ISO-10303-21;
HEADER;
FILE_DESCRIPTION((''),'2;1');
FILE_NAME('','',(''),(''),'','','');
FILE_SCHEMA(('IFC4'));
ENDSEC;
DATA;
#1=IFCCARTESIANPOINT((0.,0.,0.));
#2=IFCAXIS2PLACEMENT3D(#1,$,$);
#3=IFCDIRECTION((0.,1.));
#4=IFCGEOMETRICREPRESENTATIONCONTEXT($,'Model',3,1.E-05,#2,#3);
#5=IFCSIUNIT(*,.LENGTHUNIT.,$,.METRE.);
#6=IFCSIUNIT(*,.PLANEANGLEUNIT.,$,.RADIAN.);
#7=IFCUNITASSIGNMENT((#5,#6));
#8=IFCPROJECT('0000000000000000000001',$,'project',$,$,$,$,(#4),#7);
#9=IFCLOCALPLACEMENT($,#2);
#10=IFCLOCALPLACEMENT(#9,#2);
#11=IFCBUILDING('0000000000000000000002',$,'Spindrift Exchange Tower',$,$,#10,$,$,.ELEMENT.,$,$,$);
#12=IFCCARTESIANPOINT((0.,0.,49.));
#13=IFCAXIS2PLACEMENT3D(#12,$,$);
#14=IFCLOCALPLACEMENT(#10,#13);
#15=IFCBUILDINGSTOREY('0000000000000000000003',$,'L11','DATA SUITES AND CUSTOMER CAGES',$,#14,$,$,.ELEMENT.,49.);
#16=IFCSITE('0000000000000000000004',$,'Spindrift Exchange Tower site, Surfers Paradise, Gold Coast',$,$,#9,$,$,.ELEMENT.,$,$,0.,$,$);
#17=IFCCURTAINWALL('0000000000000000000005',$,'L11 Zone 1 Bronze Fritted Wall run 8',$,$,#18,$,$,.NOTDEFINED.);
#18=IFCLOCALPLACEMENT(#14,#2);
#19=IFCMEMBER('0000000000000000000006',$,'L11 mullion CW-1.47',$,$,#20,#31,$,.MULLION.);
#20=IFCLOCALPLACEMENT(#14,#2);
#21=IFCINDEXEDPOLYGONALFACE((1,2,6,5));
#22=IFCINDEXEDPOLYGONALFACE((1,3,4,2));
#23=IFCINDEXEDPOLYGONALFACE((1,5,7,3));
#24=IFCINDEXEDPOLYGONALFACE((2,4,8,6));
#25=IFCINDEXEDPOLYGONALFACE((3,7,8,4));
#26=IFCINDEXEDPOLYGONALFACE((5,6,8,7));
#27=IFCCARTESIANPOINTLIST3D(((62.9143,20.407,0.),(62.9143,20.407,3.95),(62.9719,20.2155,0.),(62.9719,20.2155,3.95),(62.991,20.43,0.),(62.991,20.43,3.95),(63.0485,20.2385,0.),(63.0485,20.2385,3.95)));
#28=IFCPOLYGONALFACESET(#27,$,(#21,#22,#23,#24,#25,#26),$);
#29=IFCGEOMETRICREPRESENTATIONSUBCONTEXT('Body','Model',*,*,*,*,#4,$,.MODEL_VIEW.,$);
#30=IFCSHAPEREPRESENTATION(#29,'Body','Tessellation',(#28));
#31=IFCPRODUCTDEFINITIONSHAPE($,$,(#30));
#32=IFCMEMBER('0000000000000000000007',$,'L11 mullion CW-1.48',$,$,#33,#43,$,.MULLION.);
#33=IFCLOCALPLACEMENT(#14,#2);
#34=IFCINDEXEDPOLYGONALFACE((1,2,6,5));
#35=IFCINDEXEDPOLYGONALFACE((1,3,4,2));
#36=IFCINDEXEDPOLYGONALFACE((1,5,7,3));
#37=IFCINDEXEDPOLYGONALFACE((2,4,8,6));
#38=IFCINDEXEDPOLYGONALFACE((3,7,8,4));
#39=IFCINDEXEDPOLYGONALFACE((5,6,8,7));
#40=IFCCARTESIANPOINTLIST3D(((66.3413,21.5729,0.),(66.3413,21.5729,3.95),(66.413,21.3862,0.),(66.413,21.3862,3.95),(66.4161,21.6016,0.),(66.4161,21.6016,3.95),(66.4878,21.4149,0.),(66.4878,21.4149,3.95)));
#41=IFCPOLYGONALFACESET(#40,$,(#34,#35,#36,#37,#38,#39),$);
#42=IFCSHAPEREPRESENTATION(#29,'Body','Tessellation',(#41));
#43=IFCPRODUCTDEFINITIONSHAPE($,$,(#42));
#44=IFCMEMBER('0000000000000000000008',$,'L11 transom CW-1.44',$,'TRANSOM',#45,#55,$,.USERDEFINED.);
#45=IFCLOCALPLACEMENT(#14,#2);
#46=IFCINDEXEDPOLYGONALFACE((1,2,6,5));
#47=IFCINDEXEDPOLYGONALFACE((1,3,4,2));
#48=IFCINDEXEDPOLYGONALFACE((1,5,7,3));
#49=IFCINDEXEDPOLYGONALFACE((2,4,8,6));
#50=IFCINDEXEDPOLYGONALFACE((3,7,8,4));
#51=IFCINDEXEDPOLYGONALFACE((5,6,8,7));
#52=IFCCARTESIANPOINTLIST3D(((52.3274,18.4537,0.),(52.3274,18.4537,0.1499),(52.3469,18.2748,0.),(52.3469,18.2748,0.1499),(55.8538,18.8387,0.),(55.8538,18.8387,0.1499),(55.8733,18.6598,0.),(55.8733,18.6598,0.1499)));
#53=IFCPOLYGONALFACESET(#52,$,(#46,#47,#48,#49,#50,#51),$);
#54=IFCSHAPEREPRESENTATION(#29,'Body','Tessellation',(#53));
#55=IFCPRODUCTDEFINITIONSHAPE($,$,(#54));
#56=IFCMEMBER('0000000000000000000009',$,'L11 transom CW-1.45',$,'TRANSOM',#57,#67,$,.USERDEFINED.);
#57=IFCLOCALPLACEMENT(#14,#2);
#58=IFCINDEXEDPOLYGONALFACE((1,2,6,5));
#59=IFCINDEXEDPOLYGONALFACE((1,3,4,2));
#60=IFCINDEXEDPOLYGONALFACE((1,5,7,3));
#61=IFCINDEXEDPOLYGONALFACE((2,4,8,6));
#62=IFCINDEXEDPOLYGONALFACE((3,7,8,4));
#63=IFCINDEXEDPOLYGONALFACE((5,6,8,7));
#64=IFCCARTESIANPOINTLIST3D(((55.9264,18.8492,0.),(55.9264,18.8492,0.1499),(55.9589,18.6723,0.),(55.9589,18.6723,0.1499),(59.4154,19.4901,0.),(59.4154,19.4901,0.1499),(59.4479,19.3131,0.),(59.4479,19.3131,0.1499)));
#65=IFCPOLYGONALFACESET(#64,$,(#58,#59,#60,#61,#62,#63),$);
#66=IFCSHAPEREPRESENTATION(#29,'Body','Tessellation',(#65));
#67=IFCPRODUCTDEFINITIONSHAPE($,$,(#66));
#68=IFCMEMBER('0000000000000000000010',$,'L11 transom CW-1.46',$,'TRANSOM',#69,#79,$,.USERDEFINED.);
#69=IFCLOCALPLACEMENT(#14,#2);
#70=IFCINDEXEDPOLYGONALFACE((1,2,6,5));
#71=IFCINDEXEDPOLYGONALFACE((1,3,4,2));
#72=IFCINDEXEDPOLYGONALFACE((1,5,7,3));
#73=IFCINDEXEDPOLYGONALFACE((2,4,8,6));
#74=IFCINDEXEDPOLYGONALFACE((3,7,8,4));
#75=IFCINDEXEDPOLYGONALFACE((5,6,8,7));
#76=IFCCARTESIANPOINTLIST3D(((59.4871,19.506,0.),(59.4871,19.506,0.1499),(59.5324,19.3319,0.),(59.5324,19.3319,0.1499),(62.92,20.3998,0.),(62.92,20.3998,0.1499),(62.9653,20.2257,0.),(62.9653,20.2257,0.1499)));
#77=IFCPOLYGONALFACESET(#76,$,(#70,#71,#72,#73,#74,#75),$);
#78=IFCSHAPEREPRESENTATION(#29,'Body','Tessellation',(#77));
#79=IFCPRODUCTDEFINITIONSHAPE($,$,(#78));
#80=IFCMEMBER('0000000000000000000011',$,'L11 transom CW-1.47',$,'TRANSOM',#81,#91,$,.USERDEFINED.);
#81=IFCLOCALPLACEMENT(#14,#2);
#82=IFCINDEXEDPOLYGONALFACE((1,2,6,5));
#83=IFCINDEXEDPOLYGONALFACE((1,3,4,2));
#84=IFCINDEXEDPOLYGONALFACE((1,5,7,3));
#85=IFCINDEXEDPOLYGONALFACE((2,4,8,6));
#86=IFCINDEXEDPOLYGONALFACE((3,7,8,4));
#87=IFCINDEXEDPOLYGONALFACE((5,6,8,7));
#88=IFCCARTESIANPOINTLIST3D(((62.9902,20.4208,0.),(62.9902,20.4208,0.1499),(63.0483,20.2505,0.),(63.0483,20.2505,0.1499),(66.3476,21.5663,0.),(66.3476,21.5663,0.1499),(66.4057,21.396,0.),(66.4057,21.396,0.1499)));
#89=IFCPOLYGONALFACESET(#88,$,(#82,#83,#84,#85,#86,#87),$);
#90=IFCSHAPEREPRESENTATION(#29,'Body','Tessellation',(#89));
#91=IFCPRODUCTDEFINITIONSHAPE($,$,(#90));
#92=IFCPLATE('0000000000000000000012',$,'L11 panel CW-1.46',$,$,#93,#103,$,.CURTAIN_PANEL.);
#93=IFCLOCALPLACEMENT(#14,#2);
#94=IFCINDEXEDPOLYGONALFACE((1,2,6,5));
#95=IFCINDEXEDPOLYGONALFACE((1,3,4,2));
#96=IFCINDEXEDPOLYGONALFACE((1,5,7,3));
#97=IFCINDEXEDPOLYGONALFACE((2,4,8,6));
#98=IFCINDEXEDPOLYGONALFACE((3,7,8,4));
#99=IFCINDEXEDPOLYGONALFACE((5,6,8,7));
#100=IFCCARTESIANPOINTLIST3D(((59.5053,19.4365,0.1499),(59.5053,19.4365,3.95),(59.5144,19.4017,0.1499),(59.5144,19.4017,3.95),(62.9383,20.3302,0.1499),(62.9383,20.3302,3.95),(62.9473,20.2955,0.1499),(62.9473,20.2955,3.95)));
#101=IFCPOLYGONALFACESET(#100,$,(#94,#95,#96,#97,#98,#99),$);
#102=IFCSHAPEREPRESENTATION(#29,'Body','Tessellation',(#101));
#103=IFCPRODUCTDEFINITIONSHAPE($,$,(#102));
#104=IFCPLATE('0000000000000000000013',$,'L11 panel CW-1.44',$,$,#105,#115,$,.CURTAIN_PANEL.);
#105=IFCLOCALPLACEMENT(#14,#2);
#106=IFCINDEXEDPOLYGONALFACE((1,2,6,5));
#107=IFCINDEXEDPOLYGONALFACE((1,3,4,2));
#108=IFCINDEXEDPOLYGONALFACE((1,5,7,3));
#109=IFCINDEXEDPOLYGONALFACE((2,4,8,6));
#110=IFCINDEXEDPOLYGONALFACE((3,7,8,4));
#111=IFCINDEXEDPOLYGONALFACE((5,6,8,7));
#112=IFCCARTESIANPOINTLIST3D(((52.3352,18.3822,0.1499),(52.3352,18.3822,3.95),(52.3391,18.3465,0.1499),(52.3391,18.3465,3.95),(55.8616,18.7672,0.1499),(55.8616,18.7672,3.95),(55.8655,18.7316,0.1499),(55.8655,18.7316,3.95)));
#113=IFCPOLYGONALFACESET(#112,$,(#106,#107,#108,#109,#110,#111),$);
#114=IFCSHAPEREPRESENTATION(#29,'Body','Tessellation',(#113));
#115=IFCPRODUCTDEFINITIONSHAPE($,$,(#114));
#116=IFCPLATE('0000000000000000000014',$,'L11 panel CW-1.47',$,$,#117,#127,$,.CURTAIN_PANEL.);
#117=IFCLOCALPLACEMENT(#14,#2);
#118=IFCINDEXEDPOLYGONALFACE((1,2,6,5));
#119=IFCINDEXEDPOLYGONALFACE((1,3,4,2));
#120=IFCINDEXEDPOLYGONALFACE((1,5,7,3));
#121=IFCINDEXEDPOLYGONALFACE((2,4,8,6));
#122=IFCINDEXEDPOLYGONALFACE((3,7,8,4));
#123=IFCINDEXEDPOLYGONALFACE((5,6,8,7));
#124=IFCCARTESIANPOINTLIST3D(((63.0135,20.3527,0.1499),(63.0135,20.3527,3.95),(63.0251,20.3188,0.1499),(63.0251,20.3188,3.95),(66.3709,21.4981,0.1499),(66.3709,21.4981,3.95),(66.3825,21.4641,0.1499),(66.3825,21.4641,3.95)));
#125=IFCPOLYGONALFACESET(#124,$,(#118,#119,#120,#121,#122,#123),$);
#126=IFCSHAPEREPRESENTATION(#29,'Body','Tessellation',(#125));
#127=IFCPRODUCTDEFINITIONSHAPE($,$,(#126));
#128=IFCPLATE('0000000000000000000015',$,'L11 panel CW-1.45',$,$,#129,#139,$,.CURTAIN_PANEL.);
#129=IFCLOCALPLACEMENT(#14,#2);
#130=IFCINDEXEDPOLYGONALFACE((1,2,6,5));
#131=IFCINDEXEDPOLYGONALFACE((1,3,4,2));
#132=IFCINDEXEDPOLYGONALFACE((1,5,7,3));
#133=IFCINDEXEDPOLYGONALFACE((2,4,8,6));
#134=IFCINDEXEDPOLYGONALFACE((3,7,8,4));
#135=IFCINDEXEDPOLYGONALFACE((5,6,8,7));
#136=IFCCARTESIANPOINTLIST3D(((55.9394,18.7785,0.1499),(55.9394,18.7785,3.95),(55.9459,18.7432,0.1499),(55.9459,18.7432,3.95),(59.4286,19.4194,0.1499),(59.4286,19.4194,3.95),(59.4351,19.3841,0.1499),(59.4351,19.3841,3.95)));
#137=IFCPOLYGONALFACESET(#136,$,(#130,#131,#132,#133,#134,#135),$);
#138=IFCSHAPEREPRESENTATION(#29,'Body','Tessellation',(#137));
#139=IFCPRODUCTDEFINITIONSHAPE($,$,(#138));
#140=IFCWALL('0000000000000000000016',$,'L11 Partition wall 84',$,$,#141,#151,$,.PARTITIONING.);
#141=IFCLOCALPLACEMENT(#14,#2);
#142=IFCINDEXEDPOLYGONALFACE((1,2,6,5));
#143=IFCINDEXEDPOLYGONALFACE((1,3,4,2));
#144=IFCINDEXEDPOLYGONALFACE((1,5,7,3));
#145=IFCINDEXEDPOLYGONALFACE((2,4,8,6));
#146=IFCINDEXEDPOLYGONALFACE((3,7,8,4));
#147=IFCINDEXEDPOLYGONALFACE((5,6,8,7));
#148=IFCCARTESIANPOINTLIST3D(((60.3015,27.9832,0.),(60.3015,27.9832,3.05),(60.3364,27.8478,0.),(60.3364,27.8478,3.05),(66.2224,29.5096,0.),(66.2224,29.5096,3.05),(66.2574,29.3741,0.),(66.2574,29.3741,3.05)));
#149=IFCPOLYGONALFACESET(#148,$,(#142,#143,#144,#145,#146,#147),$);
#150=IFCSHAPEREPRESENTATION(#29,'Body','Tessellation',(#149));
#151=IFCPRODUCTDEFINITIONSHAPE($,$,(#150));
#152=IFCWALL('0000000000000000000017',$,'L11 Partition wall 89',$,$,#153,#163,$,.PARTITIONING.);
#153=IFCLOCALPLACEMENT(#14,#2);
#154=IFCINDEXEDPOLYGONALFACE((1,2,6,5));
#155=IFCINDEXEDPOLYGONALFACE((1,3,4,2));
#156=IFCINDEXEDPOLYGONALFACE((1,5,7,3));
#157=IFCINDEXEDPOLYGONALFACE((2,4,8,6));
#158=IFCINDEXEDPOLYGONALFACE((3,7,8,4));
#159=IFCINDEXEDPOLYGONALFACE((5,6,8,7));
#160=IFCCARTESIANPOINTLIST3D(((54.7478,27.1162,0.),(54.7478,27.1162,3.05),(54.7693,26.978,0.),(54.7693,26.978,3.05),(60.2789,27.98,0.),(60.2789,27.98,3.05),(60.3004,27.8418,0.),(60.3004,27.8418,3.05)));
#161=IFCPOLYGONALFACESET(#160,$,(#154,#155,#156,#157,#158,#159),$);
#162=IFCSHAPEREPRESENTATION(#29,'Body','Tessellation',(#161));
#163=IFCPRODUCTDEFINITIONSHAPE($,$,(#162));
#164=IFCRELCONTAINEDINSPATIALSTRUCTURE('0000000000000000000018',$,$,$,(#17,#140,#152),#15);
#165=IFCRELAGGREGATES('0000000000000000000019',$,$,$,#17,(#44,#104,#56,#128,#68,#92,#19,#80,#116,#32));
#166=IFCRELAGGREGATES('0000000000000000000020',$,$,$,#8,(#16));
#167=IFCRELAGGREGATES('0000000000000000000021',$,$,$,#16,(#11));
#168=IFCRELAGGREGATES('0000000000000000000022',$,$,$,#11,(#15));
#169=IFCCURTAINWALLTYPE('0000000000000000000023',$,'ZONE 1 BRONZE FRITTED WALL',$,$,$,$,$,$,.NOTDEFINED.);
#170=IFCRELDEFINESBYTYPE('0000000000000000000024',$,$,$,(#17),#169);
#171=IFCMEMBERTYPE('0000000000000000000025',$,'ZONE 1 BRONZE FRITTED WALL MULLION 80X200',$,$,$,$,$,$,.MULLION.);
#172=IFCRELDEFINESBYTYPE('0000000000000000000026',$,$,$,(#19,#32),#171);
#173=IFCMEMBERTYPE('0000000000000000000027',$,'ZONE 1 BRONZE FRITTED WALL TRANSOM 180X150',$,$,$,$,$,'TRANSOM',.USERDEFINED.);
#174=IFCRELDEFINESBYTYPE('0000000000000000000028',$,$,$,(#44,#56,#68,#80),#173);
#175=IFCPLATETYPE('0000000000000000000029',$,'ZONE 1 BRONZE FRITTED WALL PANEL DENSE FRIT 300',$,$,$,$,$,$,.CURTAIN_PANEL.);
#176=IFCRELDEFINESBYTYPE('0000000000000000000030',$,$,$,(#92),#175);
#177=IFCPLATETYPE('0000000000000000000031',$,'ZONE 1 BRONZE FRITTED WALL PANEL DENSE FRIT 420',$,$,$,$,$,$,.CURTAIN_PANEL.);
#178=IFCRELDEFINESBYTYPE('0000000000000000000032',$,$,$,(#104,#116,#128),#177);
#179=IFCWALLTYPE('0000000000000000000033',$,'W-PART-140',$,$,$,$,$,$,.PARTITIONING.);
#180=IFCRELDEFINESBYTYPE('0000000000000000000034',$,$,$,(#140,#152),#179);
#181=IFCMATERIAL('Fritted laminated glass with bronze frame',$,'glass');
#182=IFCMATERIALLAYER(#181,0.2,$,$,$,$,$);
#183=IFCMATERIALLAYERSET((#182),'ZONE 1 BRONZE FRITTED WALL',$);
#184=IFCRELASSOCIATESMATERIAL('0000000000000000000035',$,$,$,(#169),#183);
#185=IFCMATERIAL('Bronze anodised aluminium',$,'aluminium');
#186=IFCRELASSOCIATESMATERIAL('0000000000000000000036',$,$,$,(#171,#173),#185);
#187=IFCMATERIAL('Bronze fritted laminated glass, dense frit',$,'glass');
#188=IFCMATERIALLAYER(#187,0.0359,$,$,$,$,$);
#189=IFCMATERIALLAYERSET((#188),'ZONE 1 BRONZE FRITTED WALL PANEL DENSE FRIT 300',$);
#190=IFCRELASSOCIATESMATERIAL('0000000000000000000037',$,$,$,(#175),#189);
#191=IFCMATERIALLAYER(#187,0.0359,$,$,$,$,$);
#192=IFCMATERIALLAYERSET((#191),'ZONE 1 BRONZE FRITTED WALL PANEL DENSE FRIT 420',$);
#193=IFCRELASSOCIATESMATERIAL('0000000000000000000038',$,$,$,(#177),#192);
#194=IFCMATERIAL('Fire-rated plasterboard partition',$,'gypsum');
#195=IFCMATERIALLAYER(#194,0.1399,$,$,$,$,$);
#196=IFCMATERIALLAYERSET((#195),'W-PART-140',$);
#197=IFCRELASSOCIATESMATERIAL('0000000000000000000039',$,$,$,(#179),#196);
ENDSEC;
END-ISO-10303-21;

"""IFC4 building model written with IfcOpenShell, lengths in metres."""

from ifc_helpers import new_model, si_unit, direction, frame, frame_2d, origin, origin_2d, place, context, subcontext, project, spatial, rectangle, extrude, source, transform, mapped, material, layer, layer_set, material_profile, profile_set, type_object, element, aggregate, save


model = new_model("IFC4")

# Units and contexts
model_context = context("Model", 3, precision=1e-05, world=origin(), true_north=direction((0.0, 1.0)))
body_context = subcontext(model_context, "Body", "Model", "MODEL_VIEW")
ifc_project = project(units=[si_unit("LENGTHUNIT", "METRE"), si_unit("PLANEANGLEUNIT", "RADIAN")], contexts=[model_context])

# Site, building, storey
site_placement = place(None, origin())
site = spatial("IfcSite", under=ifc_project, at=site_placement, Name="Spindrift Exchange Tower site, Surfers Paradise, Gold Coast", CompositionType="ELEMENT", RefElevation=0.0)
building_placement = place(site_placement, origin())
building = spatial("IfcBuilding", under=site, at=building_placement, Name="Spindrift Exchange Tower", CompositionType="ELEMENT")
storey_placement = place(building_placement, frame((0.0, 0.0, 49.0)))
storey = spatial("IfcBuildingStorey", under=building, at=storey_placement, Name="L11", Description="DATA SUITES AND CUSTOMER CAGES", CompositionType="ELEMENT", Elevation=49.0)

# Curtain wall, members, plates
ifc_material_1 = material(Name="Fritted laminated glass with bronze frame", Category="glass")
ifc_layer_1 = layer(ifc_material_1, 0.2)
ifc_layer_set_1 = layer_set([ifc_layer_1], Name="ZONE 1 BRONZE FRITTED WALL")
curtain_wall_type = type_object("IfcCurtainWallType", Name="ZONE 1 BRONZE FRITTED WALL", PredefinedType="NOTDEFINED", material=ifc_layer_set_1)
curtain_wall_placement = place(storey_placement, origin())
curtain_wall = element("IfcCurtainWall", 1, at=curtain_wall_placement, inside=storey, type_object=curtain_wall_type, Name="L11 Zone 1 Bronze Fritted Wall run 8", PredefinedType="NOTDEFINED")
ifc_material_2 = material(Name="Bronze anodised aluminium", Category="aluminium")
ifc_material_profile_1 = material_profile(ifc_material_2, rectangle(XDim=0.0801, YDim=0.2, at=origin_2d()), Name="ZONE 1 BRONZE FRITTED WALL MULLION 80X200")
ifc_profile_set_1 = profile_set([ifc_material_profile_1], Name="Bronze anodised aluminium")
member_type_1 = type_object("IfcMemberType", Name="ZONE 1 BRONZE FRITTED WALL MULLION 80X200", PredefinedType="MULLION", material=ifc_profile_set_1)
shared_shape_1 = source(origin(), body_context, "Body", "SweptSolid", [
    extrude(rectangle(XDim=0.0801, YDim=0.2, at=origin_2d()), origin(), (0.0, 0.0, 1.0), 3.95),
])
member_1_placement = place(storey_placement, frame((62.9814, 20.3228, 0.0), z_axis=(0.0, 0.0, 1.0), x_axis=(0.957747, 0.287611, 0.0)))
member_1 = element("IfcMember", 2, at=member_1_placement, type_object=member_type_1, Name="L11 mullion CW-1.47", PredefinedType="MULLION", context=body_context, shape_type="MappedRepresentation", body=[
    mapped(shared_shape_1, transform((0.0, 0.0, 0.0), scale=1.0)),
])
member_2_placement = place(storey_placement, frame((66.4146, 21.4939, 0.0), z_axis=(0.0, 0.0, 1.0), x_axis=(0.933505, 0.358565, 0.0)))
member_2 = element("IfcMember", 3, at=member_2_placement, type_object=member_type_1, Name="L11 mullion CW-1.48", PredefinedType="MULLION", context=body_context, shape_type="MappedRepresentation", body=[
    mapped(shared_shape_1, transform((0.0, 0.0, 0.0), scale=1.0)),
])
ifc_material_profile_2 = material_profile(ifc_material_2, rectangle(XDim=0.1799, YDim=0.1499, at=origin_2d()), Name="ZONE 1 BRONZE FRITTED WALL TRANSOM 180X150")
ifc_profile_set_2 = profile_set([ifc_material_profile_2], Name="Bronze anodised aluminium")
member_type_2 = type_object("IfcMemberType", Name="ZONE 1 BRONZE FRITTED WALL TRANSOM 180X150", ElementType="TRANSOM", PredefinedType="USERDEFINED", material=ifc_profile_set_2)
shared_shape_2 = source(origin(), body_context, "Body", "SweptSolid", [
    extrude(rectangle(XDim=0.1799, YDim=0.1499, at=origin_2d()), origin(), (0.0, 0.0, 1.0), 3.5474),
])
member_3_placement = place(storey_placement, frame((52.3372, 18.3643, 0.075), z_axis=(0.994093, 0.108535, 0.0), x_axis=(-0.108535, 0.994093, 0.0)))
member_3 = element("IfcMember", 4, at=member_3_placement, type_object=member_type_2, Name="L11 transom CW-1.44", ObjectType="TRANSOM", PredefinedType="USERDEFINED", context=body_context, shape_type="MappedRepresentation", body=[
    mapped(shared_shape_2, transform((0.0, 0.0, 0.0), scale=1.0)),
])
member_4_placement = place(storey_placement, frame((55.9426, 18.7607, 0.075), z_axis=(0.983546, 0.18066, 0.0), x_axis=(-0.18066, 0.983546, 0.0)))
member_4 = element("IfcMember", 5, at=member_4_placement, type_object=member_type_2, Name="L11 transom CW-1.45", ObjectType="TRANSOM", PredefinedType="USERDEFINED", context=body_context, shape_type="MappedRepresentation", body=[
    mapped(shared_shape_2, transform((0.0, 0.0, 0.0), scale=1.0)),
])
member_5_placement = place(storey_placement, frame((59.5098, 19.4189, 0.075), z_axis=(0.967736, 0.251965, 0.0), x_axis=(-0.251965, 0.967736, 0.0)))
member_5 = element("IfcMember", 6, at=member_5_placement, type_object=member_type_2, Name="L11 transom CW-1.46", ObjectType="TRANSOM", PredefinedType="USERDEFINED", context=body_context, shape_type="MappedRepresentation", body=[
    mapped(shared_shape_2, transform((0.0, 0.0, 0.0), scale=1.0)),
])
member_6_placement = place(storey_placement, frame((63.0193, 20.3357, 0.075), z_axis=(0.94643, 0.322909, 0.0), x_axis=(-0.322909, 0.94643, 0.0)))
member_6 = element("IfcMember", 7, at=member_6_placement, type_object=member_type_2, Name="L11 transom CW-1.47", ObjectType="TRANSOM", PredefinedType="USERDEFINED", context=body_context, shape_type="MappedRepresentation", body=[
    mapped(shared_shape_2, transform((0.0, 0.0, 0.0), scale=1.0)),
])
ifc_material_3 = material(Name="Bronze fritted laminated glass, dense frit", Category="glass")
ifc_layer_2 = layer(ifc_material_3, 0.0359)
ifc_layer_set_2 = layer_set([ifc_layer_2], Name="ZONE 1 BRONZE FRITTED WALL PANEL DENSE FRIT 300")
plate_type_1 = type_object("IfcPlateType", Name="ZONE 1 BRONZE FRITTED WALL PANEL DENSE FRIT 300", PredefinedType="CURTAIN_PANEL", material=ifc_layer_set_2)
shared_shape_3 = source(origin(), body_context, "Body", "SweptSolid", [
    extrude(rectangle(XDim=3.5474, YDim=0.0359, at=origin_2d()), origin(), (0.0, 0.0, 1.0), 3.8),
])
plate_1_placement = place(storey_placement, frame((61.2263, 19.866, 0.1499), z_axis=(0.0, 0.0, 1.0), x_axis=(0.96774, 0.251949, 0.0)))
plate_1 = element("IfcPlate", 8, at=plate_1_placement, type_object=plate_type_1, Name="L11 panel CW-1.46", PredefinedType="CURTAIN_PANEL", context=body_context, shape_type="MappedRepresentation", body=[
    mapped(shared_shape_3, transform((0.0, 0.0, 0.0), scale=1.0)),
])
ifc_layer_3 = layer(ifc_material_3, 0.0359)
ifc_layer_set_3 = layer_set([ifc_layer_3], Name="ZONE 1 BRONZE FRITTED WALL PANEL DENSE FRIT 420")
plate_type_2 = type_object("IfcPlateType", Name="ZONE 1 BRONZE FRITTED WALL PANEL DENSE FRIT 420", PredefinedType="CURTAIN_PANEL", material=ifc_layer_set_3)
shared_shape_4 = source(origin(), body_context, "Body", "SweptSolid", [
    extrude(rectangle(XDim=3.5474, YDim=0.0359, at=origin_2d()), origin(), (0.0, 0.0, 1.0), 3.8),
])
plate_2_placement = place(storey_placement, frame((54.1003, 18.5569, 0.1499), z_axis=(0.0, 0.0, 1.0), x_axis=(0.994093, 0.108534, 0.0)))
plate_2 = element("IfcPlate", 9, at=plate_2_placement, type_object=plate_type_2, Name="L11 panel CW-1.44", PredefinedType="CURTAIN_PANEL", context=body_context, shape_type="MappedRepresentation", body=[
    mapped(shared_shape_4, transform((0.0, 0.0, 0.0), scale=1.0)),
])
plate_3_placement = place(storey_placement, frame((64.698, 20.9084, 0.1499), z_axis=(0.0, 0.0, 1.0), x_axis=(0.946441, 0.322877, 0.0)))
plate_3 = element("IfcPlate", 10, at=plate_3_placement, type_object=plate_type_2, Name="L11 panel CW-1.47", PredefinedType="CURTAIN_PANEL", context=body_context, shape_type="MappedRepresentation", body=[
    mapped(shared_shape_4, transform((0.0, 0.0, 0.0), scale=1.0)),
])
shared_shape_5 = source(origin(), body_context, "Body", "SweptSolid", [
    extrude(rectangle(XDim=3.5476, YDim=0.0359, at=origin_2d()), origin(), (0.0, 0.0, 1.0), 3.8),
])
plate_4_placement = place(storey_placement, frame((57.6873, 19.0813, 0.1499), z_axis=(0.0, 0.0, 1.0), x_axis=(0.983548, 0.18065, 0.0)))
plate_4 = element("IfcPlate", 11, at=plate_4_placement, type_object=plate_type_2, Name="L11 panel CW-1.45", PredefinedType="CURTAIN_PANEL", context=body_context, shape_type="MappedRepresentation", body=[
    mapped(shared_shape_5, transform((0.0, 0.0, 0.0), scale=1.0)),
])
aggregate(curtain_wall, [member_3, plate_2, member_4, plate_4, member_5, plate_1, member_1, member_6, plate_3, member_2])

# Walls
ifc_material_4 = material(Name="Fire-rated plasterboard partition", Category="gypsum")
ifc_layer_4 = layer(ifc_material_4, 0.1399)
ifc_layer_set_4 = layer_set([ifc_layer_4], Name="W-PART-140")
wall_type = type_object("IfcWallType", Name="W-PART-140", PredefinedType="PARTITIONING", material=ifc_layer_set_4)
wall_1_placement = place(storey_placement, frame((60.3191, 27.9155, 0.0), z_axis=(0.0, 0.0, 1.0), x_axis=(0.968341, 0.249632, 0.0)))
element("IfcWall", 12, at=wall_1_placement, inside=storey, type_object=wall_type, Name="L11 Partition wall 84", PredefinedType="PARTITIONING", context=body_context, shape_type="SweptSolid", body=[
    extrude(rectangle(XDim=6.1145, YDim=0.1399, at=frame_2d((3.0571, 0.0))), origin(), (0.0, 0.0, 1.0), 3.05),
])
wall_2_placement = place(storey_placement, frame((54.7585, 27.0471, 0.0), z_axis=(0.0, 0.0, 1.0), x_axis=(0.988024, 0.154298, 0.0)))
element("IfcWall", 13, at=wall_2_placement, inside=storey, type_object=wall_type, Name="L11 Partition wall 89", PredefinedType="PARTITIONING", context=body_context, shape_type="SweptSolid", body=[
    extrude(rectangle(XDim=5.5981, YDim=0.1399, at=frame_2d((2.7991, 0.0))), origin(), (0.0, 0.0, 1.0), 3.05),
])

save(model, "model.ifc")
